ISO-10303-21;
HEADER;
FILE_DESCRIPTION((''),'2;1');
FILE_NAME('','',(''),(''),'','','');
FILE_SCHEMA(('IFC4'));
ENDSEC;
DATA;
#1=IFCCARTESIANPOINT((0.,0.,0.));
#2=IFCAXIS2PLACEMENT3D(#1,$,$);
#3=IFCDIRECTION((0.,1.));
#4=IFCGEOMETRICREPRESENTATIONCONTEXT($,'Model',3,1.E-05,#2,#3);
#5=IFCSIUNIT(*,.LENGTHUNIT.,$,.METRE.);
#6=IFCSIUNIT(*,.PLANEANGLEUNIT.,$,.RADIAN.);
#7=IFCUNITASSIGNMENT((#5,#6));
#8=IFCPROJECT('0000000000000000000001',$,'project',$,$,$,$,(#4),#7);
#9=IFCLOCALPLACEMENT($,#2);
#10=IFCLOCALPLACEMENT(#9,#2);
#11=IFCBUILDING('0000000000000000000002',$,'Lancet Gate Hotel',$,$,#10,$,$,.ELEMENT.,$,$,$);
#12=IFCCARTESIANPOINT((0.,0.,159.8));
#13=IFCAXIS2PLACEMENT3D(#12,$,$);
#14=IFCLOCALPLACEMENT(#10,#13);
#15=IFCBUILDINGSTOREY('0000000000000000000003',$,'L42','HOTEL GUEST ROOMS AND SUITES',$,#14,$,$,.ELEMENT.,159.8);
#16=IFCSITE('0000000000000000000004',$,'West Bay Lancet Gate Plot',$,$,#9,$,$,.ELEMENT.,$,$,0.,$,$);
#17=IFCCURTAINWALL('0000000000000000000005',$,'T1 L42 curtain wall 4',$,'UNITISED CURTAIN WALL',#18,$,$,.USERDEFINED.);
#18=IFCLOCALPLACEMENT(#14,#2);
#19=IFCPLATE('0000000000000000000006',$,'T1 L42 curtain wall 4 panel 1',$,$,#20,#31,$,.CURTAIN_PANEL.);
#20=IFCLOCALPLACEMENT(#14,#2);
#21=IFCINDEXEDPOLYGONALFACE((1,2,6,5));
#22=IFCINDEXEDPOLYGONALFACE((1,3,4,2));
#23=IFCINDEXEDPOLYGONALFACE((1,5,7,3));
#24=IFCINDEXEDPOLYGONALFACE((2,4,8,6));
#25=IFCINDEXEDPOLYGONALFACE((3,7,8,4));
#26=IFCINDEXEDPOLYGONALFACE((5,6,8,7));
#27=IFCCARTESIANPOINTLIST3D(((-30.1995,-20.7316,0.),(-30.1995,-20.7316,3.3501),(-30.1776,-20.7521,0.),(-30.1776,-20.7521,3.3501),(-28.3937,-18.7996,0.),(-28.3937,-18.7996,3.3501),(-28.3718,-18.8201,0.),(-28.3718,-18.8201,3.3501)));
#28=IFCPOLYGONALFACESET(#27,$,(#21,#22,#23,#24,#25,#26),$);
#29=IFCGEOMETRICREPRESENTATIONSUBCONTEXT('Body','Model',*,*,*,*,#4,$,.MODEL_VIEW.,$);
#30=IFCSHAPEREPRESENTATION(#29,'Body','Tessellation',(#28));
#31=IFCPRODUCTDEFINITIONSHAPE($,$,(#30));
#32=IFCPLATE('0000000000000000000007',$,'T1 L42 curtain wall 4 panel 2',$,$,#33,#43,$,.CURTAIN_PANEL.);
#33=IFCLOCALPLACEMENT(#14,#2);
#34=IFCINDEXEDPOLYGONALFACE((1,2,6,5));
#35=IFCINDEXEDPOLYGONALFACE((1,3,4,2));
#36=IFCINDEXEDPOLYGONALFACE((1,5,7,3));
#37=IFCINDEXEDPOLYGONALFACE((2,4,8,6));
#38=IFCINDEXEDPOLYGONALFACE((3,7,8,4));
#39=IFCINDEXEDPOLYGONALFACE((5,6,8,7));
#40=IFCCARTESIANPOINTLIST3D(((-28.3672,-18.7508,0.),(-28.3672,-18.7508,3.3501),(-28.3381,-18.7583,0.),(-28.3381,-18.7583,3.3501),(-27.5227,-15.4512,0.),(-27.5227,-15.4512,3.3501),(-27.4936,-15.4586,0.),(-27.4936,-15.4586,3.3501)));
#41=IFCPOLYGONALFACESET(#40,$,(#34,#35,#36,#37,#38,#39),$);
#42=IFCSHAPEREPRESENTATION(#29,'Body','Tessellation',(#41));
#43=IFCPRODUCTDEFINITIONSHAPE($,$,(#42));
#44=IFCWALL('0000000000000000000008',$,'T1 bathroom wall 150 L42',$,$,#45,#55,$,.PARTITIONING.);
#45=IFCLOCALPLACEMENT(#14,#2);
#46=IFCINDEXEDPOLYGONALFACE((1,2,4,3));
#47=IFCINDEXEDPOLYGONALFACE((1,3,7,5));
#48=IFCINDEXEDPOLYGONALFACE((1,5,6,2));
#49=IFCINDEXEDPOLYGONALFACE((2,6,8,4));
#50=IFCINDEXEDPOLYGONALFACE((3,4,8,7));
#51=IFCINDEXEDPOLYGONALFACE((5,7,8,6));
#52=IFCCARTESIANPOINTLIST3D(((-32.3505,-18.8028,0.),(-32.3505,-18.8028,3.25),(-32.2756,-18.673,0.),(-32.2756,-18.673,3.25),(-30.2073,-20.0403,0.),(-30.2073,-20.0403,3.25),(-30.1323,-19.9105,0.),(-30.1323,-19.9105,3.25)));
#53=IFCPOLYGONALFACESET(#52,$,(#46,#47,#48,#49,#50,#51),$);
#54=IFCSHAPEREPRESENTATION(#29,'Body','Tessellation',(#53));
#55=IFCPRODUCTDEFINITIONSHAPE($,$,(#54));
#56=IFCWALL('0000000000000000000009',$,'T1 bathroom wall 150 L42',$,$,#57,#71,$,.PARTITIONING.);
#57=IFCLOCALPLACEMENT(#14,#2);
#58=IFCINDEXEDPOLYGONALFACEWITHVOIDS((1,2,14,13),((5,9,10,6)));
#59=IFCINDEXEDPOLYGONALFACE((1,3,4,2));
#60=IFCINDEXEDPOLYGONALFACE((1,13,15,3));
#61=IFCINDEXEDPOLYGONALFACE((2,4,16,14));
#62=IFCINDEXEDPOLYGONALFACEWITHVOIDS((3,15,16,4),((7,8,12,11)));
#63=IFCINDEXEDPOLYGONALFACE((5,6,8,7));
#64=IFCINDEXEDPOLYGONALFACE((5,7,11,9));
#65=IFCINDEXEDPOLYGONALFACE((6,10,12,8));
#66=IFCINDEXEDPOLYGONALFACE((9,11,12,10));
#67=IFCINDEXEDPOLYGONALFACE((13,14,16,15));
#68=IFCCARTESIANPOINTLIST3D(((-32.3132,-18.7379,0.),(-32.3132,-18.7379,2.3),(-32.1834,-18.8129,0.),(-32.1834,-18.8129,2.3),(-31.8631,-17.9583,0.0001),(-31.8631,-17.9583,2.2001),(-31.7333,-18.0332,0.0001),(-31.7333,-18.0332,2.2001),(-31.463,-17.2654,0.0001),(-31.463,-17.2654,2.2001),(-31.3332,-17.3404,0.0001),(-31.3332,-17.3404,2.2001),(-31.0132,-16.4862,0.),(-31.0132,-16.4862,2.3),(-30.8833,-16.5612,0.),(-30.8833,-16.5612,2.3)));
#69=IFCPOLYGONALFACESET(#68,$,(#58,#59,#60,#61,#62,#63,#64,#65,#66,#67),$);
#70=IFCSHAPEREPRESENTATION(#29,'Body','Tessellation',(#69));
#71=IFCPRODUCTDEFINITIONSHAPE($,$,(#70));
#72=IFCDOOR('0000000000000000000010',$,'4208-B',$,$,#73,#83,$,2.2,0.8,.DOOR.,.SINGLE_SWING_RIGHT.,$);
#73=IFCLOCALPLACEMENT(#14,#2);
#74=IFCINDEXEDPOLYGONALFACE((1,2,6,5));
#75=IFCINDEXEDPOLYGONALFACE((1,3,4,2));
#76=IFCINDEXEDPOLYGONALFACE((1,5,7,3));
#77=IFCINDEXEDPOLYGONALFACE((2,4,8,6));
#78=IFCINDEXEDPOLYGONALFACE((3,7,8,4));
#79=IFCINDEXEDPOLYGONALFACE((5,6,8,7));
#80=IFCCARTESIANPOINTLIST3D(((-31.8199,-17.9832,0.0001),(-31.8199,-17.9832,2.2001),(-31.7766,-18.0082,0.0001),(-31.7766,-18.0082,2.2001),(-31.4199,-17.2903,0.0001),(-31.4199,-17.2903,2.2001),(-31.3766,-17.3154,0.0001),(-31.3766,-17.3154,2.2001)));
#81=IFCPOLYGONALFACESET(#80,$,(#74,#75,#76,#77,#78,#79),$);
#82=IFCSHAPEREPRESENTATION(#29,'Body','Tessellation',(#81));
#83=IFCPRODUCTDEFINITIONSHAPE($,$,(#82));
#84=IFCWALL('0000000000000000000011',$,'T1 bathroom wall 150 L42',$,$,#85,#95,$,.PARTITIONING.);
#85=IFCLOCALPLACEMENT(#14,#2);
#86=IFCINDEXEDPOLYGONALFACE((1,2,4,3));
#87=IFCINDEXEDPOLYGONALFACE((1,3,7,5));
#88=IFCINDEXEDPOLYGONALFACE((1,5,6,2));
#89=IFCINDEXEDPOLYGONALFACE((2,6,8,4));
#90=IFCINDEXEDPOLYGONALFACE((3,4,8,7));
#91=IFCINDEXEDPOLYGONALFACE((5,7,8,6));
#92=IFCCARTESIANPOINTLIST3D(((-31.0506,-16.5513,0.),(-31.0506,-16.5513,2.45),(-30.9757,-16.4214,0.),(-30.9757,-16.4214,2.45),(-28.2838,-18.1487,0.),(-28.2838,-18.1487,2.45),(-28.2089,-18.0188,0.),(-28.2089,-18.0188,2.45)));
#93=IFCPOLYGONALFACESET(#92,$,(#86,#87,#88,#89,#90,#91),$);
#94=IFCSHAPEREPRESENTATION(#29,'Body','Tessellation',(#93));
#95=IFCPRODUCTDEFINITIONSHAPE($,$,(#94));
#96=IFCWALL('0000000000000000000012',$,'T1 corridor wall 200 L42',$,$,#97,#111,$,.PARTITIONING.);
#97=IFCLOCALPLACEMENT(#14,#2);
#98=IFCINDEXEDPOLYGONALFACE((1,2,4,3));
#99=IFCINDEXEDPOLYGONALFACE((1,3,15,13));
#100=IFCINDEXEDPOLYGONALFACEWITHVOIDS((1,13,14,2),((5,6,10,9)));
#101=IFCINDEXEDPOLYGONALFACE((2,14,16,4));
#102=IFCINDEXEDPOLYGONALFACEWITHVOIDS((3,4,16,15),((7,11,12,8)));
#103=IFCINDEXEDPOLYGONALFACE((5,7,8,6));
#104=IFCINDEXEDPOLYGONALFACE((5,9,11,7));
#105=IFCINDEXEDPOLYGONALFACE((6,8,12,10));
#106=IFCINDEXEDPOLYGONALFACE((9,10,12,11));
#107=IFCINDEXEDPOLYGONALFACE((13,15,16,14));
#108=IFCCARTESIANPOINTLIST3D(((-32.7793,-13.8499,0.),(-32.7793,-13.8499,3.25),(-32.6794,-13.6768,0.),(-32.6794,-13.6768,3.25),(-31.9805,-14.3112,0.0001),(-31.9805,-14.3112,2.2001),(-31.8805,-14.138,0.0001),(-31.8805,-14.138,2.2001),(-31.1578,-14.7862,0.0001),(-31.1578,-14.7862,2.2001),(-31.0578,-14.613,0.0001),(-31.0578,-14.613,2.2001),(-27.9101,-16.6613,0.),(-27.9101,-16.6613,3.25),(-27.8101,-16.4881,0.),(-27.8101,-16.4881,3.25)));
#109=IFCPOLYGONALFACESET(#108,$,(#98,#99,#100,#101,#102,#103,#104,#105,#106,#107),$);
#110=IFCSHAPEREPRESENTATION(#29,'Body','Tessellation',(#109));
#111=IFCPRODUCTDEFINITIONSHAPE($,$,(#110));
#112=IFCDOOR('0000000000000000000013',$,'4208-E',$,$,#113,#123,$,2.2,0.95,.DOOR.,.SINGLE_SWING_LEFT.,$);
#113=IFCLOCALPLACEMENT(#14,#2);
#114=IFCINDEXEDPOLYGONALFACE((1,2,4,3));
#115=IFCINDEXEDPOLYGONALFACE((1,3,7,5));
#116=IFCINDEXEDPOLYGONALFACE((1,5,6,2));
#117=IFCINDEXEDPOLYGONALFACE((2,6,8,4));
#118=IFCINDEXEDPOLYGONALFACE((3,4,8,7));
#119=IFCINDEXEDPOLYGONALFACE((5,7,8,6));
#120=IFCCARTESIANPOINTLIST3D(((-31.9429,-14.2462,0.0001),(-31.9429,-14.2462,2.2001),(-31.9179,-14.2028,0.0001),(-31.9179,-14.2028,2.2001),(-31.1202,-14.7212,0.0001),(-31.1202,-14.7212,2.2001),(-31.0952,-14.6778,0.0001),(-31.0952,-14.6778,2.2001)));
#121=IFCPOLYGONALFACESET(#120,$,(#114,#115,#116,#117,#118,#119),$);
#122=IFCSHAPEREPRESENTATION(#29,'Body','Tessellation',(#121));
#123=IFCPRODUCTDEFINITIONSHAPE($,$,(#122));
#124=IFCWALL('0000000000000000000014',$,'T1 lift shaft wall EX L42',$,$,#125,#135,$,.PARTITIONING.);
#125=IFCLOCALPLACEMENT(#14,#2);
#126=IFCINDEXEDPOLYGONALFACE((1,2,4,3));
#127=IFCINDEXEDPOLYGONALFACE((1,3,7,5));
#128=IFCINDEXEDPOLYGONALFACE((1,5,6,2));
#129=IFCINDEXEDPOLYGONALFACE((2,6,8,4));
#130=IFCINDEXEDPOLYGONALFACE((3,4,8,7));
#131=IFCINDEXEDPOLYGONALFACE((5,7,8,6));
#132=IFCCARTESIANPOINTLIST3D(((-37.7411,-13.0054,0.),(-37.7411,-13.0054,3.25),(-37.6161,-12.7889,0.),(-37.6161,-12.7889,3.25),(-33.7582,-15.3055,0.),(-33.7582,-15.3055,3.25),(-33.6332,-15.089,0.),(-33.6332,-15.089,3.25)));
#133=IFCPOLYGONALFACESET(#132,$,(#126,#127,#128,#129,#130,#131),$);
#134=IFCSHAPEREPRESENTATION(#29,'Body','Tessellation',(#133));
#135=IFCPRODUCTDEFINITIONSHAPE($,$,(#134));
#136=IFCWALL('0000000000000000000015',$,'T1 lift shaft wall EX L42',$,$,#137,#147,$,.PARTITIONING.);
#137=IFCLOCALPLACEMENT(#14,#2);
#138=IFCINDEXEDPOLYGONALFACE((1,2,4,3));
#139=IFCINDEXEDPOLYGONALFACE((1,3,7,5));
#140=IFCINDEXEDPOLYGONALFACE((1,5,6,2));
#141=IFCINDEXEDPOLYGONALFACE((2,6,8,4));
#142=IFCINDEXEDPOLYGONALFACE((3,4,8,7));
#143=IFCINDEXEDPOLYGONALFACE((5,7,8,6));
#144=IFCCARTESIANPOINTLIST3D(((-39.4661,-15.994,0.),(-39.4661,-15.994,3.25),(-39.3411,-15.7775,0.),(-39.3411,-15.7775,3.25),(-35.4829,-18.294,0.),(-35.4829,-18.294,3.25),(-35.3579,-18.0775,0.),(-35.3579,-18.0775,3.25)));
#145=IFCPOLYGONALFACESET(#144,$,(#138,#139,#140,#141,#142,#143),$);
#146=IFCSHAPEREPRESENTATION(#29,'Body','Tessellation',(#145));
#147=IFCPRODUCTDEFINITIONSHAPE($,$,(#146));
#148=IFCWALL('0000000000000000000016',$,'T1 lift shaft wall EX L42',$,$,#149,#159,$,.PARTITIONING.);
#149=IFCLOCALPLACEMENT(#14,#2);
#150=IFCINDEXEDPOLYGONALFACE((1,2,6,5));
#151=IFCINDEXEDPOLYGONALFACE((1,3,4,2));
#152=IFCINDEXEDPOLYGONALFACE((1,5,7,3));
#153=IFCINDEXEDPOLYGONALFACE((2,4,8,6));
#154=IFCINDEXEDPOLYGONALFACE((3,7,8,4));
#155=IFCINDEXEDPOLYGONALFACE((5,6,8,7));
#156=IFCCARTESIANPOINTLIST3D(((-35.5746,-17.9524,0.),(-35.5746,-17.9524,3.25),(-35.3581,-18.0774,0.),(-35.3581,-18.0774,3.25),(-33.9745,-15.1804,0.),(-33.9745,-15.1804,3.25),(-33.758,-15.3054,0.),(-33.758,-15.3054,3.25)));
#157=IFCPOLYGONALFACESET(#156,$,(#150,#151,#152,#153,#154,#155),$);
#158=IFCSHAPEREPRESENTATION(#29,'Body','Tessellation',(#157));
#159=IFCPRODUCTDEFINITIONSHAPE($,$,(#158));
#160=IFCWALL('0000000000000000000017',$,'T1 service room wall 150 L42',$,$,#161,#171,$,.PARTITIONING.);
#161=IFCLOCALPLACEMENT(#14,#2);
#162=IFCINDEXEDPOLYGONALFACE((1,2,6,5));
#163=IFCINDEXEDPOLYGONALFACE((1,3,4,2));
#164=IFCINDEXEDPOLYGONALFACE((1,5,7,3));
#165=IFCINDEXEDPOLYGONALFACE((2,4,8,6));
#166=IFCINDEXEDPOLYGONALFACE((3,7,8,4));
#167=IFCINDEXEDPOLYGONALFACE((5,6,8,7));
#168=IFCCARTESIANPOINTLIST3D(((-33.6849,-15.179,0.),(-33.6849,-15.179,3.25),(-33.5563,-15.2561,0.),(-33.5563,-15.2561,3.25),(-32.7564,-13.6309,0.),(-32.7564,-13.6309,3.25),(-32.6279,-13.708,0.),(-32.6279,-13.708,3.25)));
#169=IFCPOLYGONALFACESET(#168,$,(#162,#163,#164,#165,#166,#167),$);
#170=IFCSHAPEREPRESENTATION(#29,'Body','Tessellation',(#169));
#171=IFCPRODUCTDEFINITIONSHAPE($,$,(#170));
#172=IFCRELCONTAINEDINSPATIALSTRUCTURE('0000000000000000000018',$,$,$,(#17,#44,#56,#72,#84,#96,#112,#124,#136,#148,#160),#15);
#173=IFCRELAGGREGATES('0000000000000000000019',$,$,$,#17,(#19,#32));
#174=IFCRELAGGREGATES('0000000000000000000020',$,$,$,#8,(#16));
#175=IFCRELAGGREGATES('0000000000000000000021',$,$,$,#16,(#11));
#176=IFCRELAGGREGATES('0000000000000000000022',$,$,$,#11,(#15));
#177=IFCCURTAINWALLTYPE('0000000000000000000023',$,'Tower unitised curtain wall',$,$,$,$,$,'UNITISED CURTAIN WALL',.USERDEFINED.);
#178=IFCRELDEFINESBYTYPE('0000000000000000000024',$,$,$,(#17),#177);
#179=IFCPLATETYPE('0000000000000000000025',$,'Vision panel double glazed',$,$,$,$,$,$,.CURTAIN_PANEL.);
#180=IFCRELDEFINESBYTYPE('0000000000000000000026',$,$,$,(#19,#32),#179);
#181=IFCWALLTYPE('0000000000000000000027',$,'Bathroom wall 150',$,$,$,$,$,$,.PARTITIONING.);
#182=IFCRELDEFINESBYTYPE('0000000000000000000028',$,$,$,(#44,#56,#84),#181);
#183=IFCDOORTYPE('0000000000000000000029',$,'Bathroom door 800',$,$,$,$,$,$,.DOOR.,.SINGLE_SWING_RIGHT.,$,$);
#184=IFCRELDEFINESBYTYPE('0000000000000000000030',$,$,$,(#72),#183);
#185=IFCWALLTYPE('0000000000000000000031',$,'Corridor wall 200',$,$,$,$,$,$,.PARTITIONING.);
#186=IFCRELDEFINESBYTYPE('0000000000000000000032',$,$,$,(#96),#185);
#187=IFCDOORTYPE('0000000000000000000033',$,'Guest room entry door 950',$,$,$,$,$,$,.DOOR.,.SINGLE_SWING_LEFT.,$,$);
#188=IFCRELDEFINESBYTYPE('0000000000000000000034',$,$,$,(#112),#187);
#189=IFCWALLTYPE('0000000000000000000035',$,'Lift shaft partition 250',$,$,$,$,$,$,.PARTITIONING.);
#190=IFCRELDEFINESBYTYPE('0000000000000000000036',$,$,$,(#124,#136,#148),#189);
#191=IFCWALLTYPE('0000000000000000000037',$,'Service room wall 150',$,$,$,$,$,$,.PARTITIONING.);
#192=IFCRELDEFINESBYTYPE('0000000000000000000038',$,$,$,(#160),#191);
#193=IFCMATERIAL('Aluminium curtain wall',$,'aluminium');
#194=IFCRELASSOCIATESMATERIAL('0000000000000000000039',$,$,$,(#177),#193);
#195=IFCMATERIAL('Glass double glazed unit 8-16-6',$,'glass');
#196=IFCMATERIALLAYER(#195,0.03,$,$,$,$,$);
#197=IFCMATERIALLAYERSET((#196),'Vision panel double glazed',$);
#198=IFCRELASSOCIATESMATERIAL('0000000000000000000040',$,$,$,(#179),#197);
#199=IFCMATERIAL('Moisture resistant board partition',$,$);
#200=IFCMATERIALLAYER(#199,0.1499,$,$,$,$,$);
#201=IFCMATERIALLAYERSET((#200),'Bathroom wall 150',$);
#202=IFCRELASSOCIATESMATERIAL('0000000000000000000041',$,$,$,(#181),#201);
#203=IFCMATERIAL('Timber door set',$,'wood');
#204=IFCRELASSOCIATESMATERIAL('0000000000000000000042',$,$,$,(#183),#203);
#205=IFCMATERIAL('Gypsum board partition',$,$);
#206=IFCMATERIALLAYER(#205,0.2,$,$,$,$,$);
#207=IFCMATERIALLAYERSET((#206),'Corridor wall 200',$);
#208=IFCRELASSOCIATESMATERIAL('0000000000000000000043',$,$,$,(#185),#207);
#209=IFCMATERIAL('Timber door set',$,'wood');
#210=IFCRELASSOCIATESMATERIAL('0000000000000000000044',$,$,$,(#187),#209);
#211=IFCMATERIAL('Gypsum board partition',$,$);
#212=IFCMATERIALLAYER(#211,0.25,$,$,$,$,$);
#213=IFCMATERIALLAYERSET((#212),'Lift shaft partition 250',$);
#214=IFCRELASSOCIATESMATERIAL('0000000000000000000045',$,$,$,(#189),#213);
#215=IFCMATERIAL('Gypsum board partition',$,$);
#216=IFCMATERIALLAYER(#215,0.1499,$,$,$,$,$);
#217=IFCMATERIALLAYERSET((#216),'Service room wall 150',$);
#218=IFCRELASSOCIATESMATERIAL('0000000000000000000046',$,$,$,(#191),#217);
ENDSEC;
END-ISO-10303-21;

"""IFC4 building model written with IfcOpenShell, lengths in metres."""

from ifc_helpers import new_model, si_unit, direction, frame, frame_2d, origin, origin_2d, place, context, subcontext, project, spatial, rectangle, extrude, material, layer, layer_set, type_object, element, fill, aggregate, save


model = new_model("IFC4")

# Units and contexts
model_context = context("Model", 3, precision=1e-05, world=origin(), true_north=direction((0.0, 1.0)))
body_context = subcontext(model_context, "Body", "Model", "MODEL_VIEW")
ifc_project = project(units=[si_unit("LENGTHUNIT", "METRE"), si_unit("PLANEANGLEUNIT", "RADIAN")], contexts=[model_context])

# Site, building, storey
site_placement = place(None, origin())
site = spatial("IfcSite", under=ifc_project, at=site_placement, Name="West Bay Lancet Gate Plot", CompositionType="ELEMENT", RefElevation=0.0)
building_placement = place(site_placement, origin())
building = spatial("IfcBuilding", under=site, at=building_placement, Name="Lancet Gate Hotel", CompositionType="ELEMENT")
storey_placement = place(building_placement, frame((0.0, 0.0, 159.8)))
storey = spatial("IfcBuildingStorey", under=building, at=storey_placement, Name="L42", Description="HOTEL GUEST ROOMS AND SUITES", CompositionType="ELEMENT", Elevation=159.8)

# Curtain wall
ifc_material_1 = material(Name="Aluminium curtain wall", Category="aluminium")
curtain_wall_type = type_object("IfcCurtainWallType", Name="Tower unitised curtain wall", ElementType="UNITISED CURTAIN WALL", PredefinedType="USERDEFINED", material=ifc_material_1)
curtain_wall_1_placement = place(storey_placement, origin())
curtain_wall_1 = element("IfcCurtainWall", 1, at=curtain_wall_1_placement, inside=storey, type_object=curtain_wall_type, Name="T1 L42 curtain wall 4", ObjectType="UNITISED CURTAIN WALL", PredefinedType="USERDEFINED")

# Plates
ifc_material_2 = material(Name="Glass double glazed unit 8-16-6", Category="glass")
ifc_layer_1 = layer(ifc_material_2, 0.03)
ifc_layer_set_1 = layer_set([ifc_layer_1], Name="Vision panel double glazed")
plate_type = type_object("IfcPlateType", Name="Vision panel double glazed", PredefinedType="CURTAIN_PANEL", material=ifc_layer_set_1)
plate_1_placement = place(storey_placement, frame((-29.2856, -19.7759, 0.0), z_axis=(0.0, 0.0, 1.0), x_axis=(0.682845, 0.730563, 0.0)))
plate_1 = element("IfcPlate", 2, at=plate_1_placement, type_object=plate_type, Name="T1 L42 curtain wall 4 panel 1", PredefinedType="CURTAIN_PANEL", context=body_context, shape_type="SweptSolid", body=[
    extrude(rectangle(XDim=2.6445, YDim=0.03, at=origin_2d()), origin(), (0.0, 0.0, 1.0), 3.3501),
])
plate_2_placement = place(storey_placement, frame((-27.9304, -17.1047, 0.0), z_axis=(0.0, 0.0, 1.0), x_axis=(0.247937, 0.968776, 0.0)))
plate_2 = element("IfcPlate", 3, at=plate_2_placement, type_object=plate_type, Name="T1 L42 curtain wall 4 panel 2", PredefinedType="CURTAIN_PANEL", context=body_context, shape_type="SweptSolid", body=[
    extrude(rectangle(XDim=3.406, YDim=0.03, at=origin_2d()), origin(), (0.0, 0.0, 1.0), 3.3501),
])
aggregate(curtain_wall_1, [plate_1, plate_2])

# Wall
ifc_material_3 = material(Name="Moisture resistant board partition")
ifc_layer_2 = layer(ifc_material_3, 0.1499)
ifc_layer_set_2 = layer_set([ifc_layer_2], Name="Bathroom wall 150")
wall_type_1 = type_object("IfcWallType", Name="Bathroom wall 150", PredefinedType="PARTITIONING", material=ifc_layer_set_2)
wall_1_placement = place(storey_placement, frame((-30.1699, -19.9753, 0.0), z_axis=(0.0, 0.0, 1.0), x_axis=(-0.866007, 0.500033, 0.0)))
element("IfcWall", 4, at=wall_1_placement, inside=storey, type_object=wall_type_1, Name="T1 bathroom wall 150 L42", PredefinedType="PARTITIONING", context=body_context, shape_type="SweptSolid", body=[
    extrude(rectangle(XDim=2.4749, YDim=0.1499, at=frame_2d((1.2373, 0.0))), origin(), (0.0, 0.0, 1.0), 3.25),
])

# Wall, opening, door
wall_2_placement = place(storey_placement, frame((-30.9482, -16.5237, 0.0), z_axis=(0.0, 0.0, 1.0), x_axis=(-0.500007, -0.866021, 0.0)))
wall_2 = element("IfcWall", 5, at=wall_2_placement, inside=storey, type_object=wall_type_1, Name="T1 bathroom wall 150 L42", PredefinedType="PARTITIONING", context=body_context, shape_type="SweptSolid", body=[
    extrude(rectangle(XDim=2.6001, YDim=0.1499, at=frame_2d((1.3, 0.0))), origin(), (0.0, 0.0, 1.0), 2.3),
])
opening_1_placement = place(wall_2_placement, frame((0.8999, 0.0, 0.0)))
opening_1 = element("IfcOpeningElement", 6, at=opening_1_placement, cuts=wall_2, PredefinedType="OPENING", context=body_context, shape_type="SweptSolid", body=[
    extrude(rectangle(XDim=0.8, YDim=2.2, at=frame_2d((0.3999, 1.1001))), frame((0.0, 0.085, 0.0), z_axis=(0.0, -1.0, 0.0), x_axis=(1.0, 0.0, 0.0)), (0.0, 0.0, 1.0), 0.1699),
])
ifc_material_4 = material(Name="Timber door set", Category="wood")
door_type_1 = type_object("IfcDoorType", Name="Bathroom door 800", OperationType="SINGLE_SWING_RIGHT", PredefinedType="DOOR", material=ifc_material_4)
door_1_placement = place(opening_1_placement, origin())
door_1 = element("IfcDoor", 7, at=door_1_placement, inside=storey, type_object=door_type_1, Name="4208-B", OperationType="SINGLE_SWING_RIGHT", OverallHeight=2.2, OverallWidth=0.8, PredefinedType="DOOR", context=body_context, shape_type="SweptSolid", body=[
    extrude(rectangle(XDim=0.8, YDim=2.2, at=frame_2d((0.3999, 1.1001))), frame((0.0, 0.0249, 0.0), z_axis=(0.0, -1.0, 0.0), x_axis=(1.0, 0.0, 0.0)), (0.0, 0.0, 1.0), 0.05),
])
fill(opening_1, door_1)

# Wall
wall_3_placement = place(storey_placement, frame((-28.2463, -18.0837, 0.0), z_axis=(0.0, 0.0, 1.0), x_axis=(-0.866029, 0.499994, 0.0)))
element("IfcWall", 8, at=wall_3_placement, inside=storey, type_object=wall_type_1, Name="T1 bathroom wall 150 L42", PredefinedType="PARTITIONING", context=body_context, shape_type="SweptSolid", body=[
    extrude(rectangle(XDim=3.1948, YDim=0.1499, at=frame_2d((1.5974, 0.0))), origin(), (0.0, 0.0, 1.0), 2.45),
])

# Wall, opening, door
ifc_material_5 = material(Name="Gypsum board partition")
ifc_layer_3 = layer(ifc_material_5, 0.2)
ifc_layer_set_3 = layer_set([ifc_layer_3], Name="Corridor wall 200")
wall_type_2 = type_object("IfcWallType", Name="Corridor wall 200", PredefinedType="PARTITIONING", material=ifc_layer_set_3)
wall_4_placement = place(storey_placement, frame((-27.8601, -16.5747, 0.0), z_axis=(0.0, 0.0, 1.0), x_axis=(-0.866019, 0.500011, 0.0)))
wall_4 = element("IfcWall", 9, at=wall_4_placement, inside=storey, type_object=wall_type_2, Name="T1 corridor wall 200 L42", PredefinedType="PARTITIONING", context=body_context, shape_type="SweptSolid", body=[
    extrude(rectangle(XDim=5.6226, YDim=0.2, at=frame_2d((2.8113, 0.0))), origin(), (0.0, 0.0, 1.0), 3.25),
])
opening_2_placement = place(wall_4_placement, frame((3.75, 0.0, 0.0)))
opening_2 = element("IfcOpeningElement", 10, at=opening_2_placement, cuts=wall_4, PredefinedType="OPENING", context=body_context, shape_type="SweptSolid", body=[
    extrude(rectangle(XDim=0.95, YDim=2.2, at=frame_2d((0.4751, 1.1001))), frame((0.0, 0.1099, 0.0), z_axis=(0.0, -1.0, 0.0), x_axis=(1.0, 0.0, 0.0)), (0.0, 0.0, 1.0), 0.22),
])
ifc_material_6 = material(Name="Timber door set", Category="wood")
door_type_2 = type_object("IfcDoorType", Name="Guest room entry door 950", OperationType="SINGLE_SWING_LEFT", PredefinedType="DOOR", material=ifc_material_6)
door_2_placement = place(opening_2_placement, origin())
door_2 = element("IfcDoor", 11, at=door_2_placement, inside=storey, type_object=door_type_2, Name="4208-E", OperationType="SINGLE_SWING_LEFT", OverallHeight=2.2, OverallWidth=0.95, PredefinedType="DOOR", context=body_context, shape_type="SweptSolid", body=[
    extrude(rectangle(XDim=0.95, YDim=2.2, at=frame_2d((0.4751, 1.1001))), frame((0.0, 0.0249, 0.0), z_axis=(0.0, -1.0, 0.0), x_axis=(1.0, 0.0, 0.0)), (0.0, 0.0, 1.0), 0.05),
])
fill(opening_2, door_2)

# Walls
ifc_material_7 = material(Name="Gypsum board partition")
ifc_layer_4 = layer(ifc_material_7, 0.25)
ifc_layer_set_4 = layer_set([ifc_layer_4], Name="Lift shaft partition 250")
wall_type_3 = type_object("IfcWallType", Name="Lift shaft partition 250", PredefinedType="PARTITIONING", material=ifc_layer_set_4)
wall_5_placement = place(storey_placement, frame((-33.6956, -15.1973, 0.0), z_axis=(0.0, 0.0, 1.0), x_axis=(-0.865977, 0.500084, 0.0)))
element("IfcWall", 12, at=wall_5_placement, inside=storey, type_object=wall_type_3, Name="T1 lift shaft wall EX L42", PredefinedType="PARTITIONING", context=body_context, shape_type="SweptSolid", body=[
    extrude(rectangle(XDim=4.5994, YDim=0.25, at=frame_2d((2.2998, 0.0))), origin(), (0.0, 0.0, 1.0), 3.25),
])
wall_6_placement = place(storey_placement, frame((-35.4204, -18.1858, 0.0), z_axis=(0.0, 0.0, 1.0), x_axis=(-0.86599, 0.500061, 0.0)))
element("IfcWall", 13, at=wall_6_placement, inside=storey, type_object=wall_type_3, Name="T1 lift shaft wall EX L42", PredefinedType="PARTITIONING", context=body_context, shape_type="SweptSolid", body=[
    extrude(rectangle(XDim=4.5996, YDim=0.25, at=frame_2d((2.2998, 0.0))), origin(), (0.0, 0.0, 1.0), 3.25),
])
wall_7_placement = place(storey_placement, frame((-33.8662, -15.2429, 0.0), z_axis=(0.0, 0.0, 1.0), x_axis=(-0.499929, -0.866066, 0.0)))
element("IfcWall", 14, at=wall_7_placement, inside=storey, type_object=wall_type_3, Name="T1 lift shaft wall EX L42", PredefinedType="PARTITIONING", context=body_context, shape_type="SweptSolid", body=[
    extrude(rectangle(XDim=3.2007, YDim=0.25, at=frame_2d((1.6003, 0.0))), origin(), (0.0, 0.0, 1.0), 3.25),
])
ifc_material_8 = material(Name="Gypsum board partition")
ifc_layer_5 = layer(ifc_material_8, 0.1499)
ifc_layer_set_5 = layer_set([ifc_layer_5], Name="Service room wall 150")
wall_type_4 = type_object("IfcWallType", Name="Service room wall 150", PredefinedType="PARTITIONING", material=ifc_layer_set_5)
wall_8_placement = place(storey_placement, frame((-33.6206, -15.2175, 0.0), z_axis=(0.0, 0.0, 1.0), x_axis=(0.514337, 0.857588, 0.0)))
element("IfcWall", 15, at=wall_8_placement, inside=storey, type_object=wall_type_4, Name="T1 service room wall 150 L42", PredefinedType="PARTITIONING", context=body_context, shape_type="SweptSolid", body=[
    extrude(rectangle(XDim=1.8052, YDim=0.1499, at=frame_2d((0.9026, 0.0))), origin(), (0.0, 0.0, 1.0), 3.25),
])

save(model, "model.ifc")
